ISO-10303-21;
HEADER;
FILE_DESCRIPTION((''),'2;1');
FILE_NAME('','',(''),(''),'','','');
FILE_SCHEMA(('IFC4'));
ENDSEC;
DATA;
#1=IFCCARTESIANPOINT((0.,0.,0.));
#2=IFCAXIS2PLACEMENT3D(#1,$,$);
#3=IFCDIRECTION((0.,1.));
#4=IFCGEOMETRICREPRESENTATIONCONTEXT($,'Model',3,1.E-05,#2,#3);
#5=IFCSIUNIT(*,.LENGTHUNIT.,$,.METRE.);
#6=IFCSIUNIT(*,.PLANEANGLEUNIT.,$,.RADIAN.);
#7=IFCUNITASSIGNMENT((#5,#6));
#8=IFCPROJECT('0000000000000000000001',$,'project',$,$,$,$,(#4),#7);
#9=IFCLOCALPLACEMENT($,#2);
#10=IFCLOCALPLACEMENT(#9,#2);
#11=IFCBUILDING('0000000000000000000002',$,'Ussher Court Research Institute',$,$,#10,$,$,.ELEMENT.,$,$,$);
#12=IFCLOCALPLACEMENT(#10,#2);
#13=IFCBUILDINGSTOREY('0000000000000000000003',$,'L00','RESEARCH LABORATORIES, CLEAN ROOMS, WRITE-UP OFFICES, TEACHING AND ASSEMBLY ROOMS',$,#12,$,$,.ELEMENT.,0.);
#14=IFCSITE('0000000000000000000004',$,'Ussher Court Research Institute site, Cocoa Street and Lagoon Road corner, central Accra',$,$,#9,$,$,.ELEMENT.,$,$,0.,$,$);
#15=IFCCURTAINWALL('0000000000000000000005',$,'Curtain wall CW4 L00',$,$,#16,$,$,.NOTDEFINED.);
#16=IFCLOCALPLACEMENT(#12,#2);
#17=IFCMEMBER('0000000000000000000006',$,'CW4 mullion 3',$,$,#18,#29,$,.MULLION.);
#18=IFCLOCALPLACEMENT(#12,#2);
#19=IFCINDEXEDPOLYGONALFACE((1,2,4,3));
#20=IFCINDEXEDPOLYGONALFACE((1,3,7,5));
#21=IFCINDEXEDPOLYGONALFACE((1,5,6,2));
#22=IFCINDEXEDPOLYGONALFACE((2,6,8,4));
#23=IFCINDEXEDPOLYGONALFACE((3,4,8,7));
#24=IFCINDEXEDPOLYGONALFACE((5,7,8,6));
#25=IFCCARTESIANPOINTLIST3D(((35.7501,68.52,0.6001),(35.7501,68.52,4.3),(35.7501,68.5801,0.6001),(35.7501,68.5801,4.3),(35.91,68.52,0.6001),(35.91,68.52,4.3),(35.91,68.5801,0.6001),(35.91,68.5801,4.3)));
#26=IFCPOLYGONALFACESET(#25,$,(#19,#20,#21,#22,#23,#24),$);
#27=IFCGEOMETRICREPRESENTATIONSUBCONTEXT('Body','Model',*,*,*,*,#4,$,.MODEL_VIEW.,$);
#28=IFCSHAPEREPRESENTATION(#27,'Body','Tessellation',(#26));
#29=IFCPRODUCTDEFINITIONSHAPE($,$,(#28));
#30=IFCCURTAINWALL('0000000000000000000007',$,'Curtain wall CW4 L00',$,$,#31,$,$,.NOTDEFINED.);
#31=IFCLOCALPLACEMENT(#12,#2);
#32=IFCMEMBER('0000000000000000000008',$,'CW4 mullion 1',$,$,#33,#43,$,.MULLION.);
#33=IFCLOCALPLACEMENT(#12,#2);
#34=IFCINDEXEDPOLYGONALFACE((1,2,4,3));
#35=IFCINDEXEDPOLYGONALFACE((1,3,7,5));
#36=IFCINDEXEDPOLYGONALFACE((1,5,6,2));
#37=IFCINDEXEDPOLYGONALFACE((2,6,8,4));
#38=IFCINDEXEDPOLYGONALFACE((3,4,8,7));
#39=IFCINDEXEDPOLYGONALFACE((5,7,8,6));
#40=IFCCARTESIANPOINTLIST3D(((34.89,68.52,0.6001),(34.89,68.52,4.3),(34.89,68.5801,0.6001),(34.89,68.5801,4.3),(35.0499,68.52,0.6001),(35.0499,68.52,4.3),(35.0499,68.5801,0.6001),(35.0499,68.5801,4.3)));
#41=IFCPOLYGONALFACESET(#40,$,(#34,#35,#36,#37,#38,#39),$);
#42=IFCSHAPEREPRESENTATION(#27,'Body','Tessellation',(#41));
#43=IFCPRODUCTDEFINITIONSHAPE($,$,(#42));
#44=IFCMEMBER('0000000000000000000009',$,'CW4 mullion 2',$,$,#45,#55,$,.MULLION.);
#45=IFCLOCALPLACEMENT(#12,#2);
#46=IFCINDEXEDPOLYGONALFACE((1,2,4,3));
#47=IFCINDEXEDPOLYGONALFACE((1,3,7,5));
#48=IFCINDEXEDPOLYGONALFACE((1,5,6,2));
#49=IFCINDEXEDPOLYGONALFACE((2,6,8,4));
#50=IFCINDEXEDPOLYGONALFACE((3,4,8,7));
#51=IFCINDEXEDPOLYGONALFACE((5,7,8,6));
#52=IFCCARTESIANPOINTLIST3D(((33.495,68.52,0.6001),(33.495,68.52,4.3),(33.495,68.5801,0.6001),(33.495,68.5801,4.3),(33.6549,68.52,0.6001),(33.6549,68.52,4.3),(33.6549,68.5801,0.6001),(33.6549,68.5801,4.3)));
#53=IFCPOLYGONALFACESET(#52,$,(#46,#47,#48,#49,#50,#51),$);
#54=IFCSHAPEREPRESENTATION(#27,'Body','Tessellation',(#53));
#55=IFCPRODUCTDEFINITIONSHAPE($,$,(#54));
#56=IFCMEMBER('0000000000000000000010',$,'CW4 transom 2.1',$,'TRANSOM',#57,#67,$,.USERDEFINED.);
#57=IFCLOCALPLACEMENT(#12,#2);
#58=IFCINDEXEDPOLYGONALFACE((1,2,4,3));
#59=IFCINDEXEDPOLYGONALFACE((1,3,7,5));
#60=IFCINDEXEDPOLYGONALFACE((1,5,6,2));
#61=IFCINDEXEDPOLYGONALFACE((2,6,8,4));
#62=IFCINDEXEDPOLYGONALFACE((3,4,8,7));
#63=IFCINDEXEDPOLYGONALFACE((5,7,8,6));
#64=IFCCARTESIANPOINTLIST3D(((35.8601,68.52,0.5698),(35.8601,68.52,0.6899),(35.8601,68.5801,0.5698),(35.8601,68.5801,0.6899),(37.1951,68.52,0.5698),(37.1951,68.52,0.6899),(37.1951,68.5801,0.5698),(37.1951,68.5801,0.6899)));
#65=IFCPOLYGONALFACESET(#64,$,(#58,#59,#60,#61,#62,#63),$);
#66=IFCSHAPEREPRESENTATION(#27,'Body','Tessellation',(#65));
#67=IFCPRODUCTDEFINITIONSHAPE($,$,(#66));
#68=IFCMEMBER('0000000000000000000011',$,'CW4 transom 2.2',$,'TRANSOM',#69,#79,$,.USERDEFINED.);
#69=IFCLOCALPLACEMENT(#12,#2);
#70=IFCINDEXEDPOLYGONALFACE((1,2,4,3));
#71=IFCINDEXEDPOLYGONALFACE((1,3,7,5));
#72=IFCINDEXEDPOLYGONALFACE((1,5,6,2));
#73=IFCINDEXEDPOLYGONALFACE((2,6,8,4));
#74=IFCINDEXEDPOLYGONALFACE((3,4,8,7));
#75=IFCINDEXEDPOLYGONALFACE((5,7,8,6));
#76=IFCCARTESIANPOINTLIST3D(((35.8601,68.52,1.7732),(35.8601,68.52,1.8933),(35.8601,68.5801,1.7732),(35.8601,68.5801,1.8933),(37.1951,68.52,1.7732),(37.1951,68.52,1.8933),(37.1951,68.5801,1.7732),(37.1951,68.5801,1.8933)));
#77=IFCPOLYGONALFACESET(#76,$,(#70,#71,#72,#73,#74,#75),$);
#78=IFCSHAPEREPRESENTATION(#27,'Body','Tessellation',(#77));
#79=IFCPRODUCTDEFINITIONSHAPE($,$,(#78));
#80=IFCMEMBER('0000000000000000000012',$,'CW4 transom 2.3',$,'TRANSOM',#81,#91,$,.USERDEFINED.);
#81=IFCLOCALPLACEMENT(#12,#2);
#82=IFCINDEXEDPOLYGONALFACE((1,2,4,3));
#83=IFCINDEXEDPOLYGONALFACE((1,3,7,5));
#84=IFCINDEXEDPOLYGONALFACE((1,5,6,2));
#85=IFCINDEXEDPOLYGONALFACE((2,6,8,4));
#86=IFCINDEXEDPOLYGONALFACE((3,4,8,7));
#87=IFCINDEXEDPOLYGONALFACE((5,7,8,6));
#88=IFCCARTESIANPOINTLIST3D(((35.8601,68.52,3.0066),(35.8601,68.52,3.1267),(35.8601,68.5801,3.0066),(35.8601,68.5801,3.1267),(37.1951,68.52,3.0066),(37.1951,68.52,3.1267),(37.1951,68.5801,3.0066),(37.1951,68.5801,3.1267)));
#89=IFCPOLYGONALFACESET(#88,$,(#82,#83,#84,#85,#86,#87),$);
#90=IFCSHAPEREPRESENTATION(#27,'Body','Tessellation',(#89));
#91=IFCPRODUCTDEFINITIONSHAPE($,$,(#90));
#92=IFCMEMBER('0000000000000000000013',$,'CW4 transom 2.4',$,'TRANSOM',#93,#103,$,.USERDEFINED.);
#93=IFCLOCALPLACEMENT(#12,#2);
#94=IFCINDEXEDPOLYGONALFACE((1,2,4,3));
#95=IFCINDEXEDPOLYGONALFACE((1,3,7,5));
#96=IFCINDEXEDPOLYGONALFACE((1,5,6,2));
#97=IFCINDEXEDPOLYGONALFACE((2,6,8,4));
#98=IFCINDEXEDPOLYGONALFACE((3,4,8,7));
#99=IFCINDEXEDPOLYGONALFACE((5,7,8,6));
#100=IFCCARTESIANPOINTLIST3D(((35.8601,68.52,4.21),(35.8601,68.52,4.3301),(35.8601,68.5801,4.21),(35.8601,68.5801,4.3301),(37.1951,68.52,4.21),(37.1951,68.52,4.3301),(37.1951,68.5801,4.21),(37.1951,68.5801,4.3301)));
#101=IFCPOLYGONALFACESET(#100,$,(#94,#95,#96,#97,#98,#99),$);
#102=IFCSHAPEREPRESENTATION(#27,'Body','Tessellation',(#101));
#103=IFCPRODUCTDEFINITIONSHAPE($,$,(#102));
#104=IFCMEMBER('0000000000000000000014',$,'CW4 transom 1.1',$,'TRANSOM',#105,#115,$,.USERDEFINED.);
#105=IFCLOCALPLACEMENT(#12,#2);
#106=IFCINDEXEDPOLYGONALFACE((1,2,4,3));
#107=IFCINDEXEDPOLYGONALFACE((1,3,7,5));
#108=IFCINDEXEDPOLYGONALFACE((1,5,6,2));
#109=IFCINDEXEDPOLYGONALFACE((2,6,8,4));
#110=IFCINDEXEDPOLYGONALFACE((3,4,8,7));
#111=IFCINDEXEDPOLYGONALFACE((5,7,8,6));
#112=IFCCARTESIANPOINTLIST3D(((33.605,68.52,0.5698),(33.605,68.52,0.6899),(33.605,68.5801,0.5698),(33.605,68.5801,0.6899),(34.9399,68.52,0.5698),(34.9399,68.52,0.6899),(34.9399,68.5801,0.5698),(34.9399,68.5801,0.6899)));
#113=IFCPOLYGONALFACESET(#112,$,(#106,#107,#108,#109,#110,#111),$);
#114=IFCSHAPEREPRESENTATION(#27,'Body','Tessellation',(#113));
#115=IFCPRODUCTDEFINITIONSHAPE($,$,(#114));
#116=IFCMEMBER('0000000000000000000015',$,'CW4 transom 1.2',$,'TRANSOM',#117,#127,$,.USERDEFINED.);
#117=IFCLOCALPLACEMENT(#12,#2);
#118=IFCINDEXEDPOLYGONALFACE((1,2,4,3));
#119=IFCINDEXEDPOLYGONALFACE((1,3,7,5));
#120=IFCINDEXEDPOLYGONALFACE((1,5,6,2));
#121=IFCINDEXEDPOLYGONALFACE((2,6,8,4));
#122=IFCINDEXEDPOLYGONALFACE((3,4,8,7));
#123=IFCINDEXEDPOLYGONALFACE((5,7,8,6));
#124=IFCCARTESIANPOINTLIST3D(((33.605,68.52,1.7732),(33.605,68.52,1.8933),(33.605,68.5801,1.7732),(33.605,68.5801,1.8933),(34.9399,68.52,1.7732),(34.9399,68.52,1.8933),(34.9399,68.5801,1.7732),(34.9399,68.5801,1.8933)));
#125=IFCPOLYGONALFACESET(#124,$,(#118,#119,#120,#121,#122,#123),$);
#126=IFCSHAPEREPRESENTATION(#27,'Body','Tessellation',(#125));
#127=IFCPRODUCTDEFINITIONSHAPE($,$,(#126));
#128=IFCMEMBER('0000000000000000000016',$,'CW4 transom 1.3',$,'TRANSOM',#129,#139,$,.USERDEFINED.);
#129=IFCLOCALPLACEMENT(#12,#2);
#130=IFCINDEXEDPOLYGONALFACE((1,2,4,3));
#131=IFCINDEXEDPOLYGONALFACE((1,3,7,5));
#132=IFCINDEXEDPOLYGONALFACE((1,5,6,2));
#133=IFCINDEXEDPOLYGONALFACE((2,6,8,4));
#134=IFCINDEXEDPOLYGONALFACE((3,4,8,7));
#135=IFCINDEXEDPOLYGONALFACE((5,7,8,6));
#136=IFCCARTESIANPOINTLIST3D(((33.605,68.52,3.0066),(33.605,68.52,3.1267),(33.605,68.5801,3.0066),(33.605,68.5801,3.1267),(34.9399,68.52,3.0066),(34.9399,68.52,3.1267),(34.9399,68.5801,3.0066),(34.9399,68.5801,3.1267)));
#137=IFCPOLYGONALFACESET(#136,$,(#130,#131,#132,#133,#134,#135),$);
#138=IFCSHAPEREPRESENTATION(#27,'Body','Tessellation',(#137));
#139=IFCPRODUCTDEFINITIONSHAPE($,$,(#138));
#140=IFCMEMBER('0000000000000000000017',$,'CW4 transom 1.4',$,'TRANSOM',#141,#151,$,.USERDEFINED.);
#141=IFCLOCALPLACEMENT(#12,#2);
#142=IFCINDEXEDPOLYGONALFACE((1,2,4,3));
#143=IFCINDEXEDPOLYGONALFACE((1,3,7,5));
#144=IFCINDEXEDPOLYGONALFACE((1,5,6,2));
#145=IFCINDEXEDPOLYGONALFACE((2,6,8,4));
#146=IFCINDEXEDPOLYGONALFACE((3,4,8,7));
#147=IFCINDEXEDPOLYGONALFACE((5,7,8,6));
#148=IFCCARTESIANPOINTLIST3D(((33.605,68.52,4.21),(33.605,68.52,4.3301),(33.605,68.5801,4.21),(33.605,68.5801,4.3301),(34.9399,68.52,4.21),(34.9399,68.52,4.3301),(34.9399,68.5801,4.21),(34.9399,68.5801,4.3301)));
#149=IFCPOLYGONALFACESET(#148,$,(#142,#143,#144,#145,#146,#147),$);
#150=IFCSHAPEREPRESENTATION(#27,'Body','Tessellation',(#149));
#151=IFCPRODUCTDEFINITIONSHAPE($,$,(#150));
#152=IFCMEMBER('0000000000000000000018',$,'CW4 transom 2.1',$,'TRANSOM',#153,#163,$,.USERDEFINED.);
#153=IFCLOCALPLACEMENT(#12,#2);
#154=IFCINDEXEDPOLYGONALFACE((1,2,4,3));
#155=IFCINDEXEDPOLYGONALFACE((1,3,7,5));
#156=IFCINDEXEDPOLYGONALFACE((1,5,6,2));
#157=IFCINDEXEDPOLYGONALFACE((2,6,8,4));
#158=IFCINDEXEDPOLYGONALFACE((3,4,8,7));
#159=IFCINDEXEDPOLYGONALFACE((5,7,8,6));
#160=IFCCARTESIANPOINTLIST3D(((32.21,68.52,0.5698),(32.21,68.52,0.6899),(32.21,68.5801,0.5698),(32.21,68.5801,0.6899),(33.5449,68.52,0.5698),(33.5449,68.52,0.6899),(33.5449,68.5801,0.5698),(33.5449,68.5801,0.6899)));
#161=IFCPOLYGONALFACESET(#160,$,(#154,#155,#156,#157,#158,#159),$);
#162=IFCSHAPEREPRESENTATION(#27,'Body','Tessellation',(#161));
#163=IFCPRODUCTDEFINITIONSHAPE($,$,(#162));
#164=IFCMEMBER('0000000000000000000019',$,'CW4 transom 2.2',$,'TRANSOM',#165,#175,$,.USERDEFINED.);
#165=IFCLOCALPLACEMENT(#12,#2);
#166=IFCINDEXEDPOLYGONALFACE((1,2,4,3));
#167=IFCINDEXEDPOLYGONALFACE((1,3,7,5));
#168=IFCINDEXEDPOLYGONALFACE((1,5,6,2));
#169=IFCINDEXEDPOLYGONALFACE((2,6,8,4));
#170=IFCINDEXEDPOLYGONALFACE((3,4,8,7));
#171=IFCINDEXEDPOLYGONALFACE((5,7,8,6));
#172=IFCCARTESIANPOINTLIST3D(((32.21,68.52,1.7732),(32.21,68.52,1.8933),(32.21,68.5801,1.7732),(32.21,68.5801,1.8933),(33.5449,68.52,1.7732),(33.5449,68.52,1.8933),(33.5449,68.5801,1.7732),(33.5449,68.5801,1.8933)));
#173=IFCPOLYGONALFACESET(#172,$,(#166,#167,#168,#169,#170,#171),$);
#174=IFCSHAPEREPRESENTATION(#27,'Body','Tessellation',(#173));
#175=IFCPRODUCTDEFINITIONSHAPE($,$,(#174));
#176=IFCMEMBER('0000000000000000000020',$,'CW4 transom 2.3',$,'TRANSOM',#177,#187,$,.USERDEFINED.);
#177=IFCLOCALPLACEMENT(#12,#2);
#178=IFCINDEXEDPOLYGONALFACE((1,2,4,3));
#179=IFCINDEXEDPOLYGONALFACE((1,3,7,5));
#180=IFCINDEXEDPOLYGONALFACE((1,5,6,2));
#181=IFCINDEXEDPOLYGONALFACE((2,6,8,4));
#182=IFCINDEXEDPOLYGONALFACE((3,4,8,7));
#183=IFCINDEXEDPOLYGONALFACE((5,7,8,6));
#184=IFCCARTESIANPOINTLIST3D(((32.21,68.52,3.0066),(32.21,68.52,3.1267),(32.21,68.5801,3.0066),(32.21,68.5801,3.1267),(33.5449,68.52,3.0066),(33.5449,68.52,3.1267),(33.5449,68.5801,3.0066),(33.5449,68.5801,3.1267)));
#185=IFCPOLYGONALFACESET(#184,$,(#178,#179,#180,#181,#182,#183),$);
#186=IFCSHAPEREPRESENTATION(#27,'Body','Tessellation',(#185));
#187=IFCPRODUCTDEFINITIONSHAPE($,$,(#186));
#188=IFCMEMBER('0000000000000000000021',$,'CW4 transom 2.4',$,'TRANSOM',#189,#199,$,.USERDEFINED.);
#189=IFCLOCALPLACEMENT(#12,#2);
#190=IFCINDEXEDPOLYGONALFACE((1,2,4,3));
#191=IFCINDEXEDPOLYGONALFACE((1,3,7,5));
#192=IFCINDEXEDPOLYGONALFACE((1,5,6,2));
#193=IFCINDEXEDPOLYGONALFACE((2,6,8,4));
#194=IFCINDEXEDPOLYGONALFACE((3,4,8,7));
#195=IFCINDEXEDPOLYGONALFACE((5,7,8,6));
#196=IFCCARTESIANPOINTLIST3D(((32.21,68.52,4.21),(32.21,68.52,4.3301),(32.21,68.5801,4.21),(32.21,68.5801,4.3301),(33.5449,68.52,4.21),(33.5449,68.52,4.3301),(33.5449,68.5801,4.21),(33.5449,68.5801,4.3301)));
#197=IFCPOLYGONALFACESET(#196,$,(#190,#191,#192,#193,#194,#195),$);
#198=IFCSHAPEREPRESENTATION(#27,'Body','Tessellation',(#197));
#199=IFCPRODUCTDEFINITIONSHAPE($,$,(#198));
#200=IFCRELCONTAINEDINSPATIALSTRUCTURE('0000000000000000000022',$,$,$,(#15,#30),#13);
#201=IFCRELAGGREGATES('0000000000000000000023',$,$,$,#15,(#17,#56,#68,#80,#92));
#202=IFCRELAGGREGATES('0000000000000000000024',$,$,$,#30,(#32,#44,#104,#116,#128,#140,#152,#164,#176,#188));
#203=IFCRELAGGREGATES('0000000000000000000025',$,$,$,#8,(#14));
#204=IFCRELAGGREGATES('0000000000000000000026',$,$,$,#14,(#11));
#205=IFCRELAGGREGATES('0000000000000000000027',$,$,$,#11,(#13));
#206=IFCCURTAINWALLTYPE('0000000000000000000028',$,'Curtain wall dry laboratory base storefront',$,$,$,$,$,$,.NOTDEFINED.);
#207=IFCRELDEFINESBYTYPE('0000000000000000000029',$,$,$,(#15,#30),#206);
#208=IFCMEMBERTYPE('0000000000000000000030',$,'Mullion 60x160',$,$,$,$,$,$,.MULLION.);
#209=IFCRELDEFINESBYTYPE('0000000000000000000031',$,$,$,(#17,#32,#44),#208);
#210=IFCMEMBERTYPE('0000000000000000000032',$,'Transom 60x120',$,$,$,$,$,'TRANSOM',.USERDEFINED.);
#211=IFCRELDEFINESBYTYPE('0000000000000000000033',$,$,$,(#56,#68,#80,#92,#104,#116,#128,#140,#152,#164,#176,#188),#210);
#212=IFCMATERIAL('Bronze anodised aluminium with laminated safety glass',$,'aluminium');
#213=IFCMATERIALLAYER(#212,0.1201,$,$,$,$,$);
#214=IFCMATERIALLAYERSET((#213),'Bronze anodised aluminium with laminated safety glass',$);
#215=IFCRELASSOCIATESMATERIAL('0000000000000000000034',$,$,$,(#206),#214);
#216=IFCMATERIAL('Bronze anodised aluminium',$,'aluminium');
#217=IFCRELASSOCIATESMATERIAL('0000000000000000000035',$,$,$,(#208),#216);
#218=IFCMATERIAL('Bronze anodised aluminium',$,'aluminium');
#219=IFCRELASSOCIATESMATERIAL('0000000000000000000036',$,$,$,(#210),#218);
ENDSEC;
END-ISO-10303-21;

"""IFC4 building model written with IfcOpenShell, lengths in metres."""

from ifc_helpers import new_model, si_unit, direction, frame, origin, origin_2d, place, context, subcontext, project, spatial, rectangle, extrude, material, layer, layer_set, material_profile, profile_set, type_object, element, aggregate, save


model = new_model("IFC4")

# Units and contexts
model_context = context("Model", 3, precision=1e-05, world=origin(), true_north=direction((0.0, 1.0)))
body_context = subcontext(model_context, "Body", "Model", "MODEL_VIEW")
ifc_project = project(units=[si_unit("LENGTHUNIT", "METRE"), si_unit("PLANEANGLEUNIT", "RADIAN")], contexts=[model_context])

# Site, building, storey
site_placement = place(None, origin())
site = spatial("IfcSite", under=ifc_project, at=site_placement, Name="Ussher Court Research Institute site, Cocoa Street and Lagoon Road corner, central Accra", CompositionType="ELEMENT", RefElevation=0.0)
building_placement = place(site_placement, origin())
building = spatial("IfcBuilding", under=site, at=building_placement, Name="Ussher Court Research Institute", CompositionType="ELEMENT")
storey_placement = place(building_placement, origin())
storey = spatial("IfcBuildingStorey", under=building, at=storey_placement, Name="L00", Description="RESEARCH LABORATORIES, CLEAN ROOMS, WRITE-UP OFFICES, TEACHING AND ASSEMBLY ROOMS", CompositionType="ELEMENT", Elevation=0.0)

# Curtain wall, member
ifc_material_1 = material(Name="Bronze anodised aluminium with laminated safety glass", Category="aluminium")
ifc_layer_1 = layer(ifc_material_1, 0.1201)
ifc_layer_set_1 = layer_set([ifc_layer_1], Name="Bronze anodised aluminium with laminated safety glass")
curtain_wall_type = type_object("IfcCurtainWallType", Name="Curtain wall dry laboratory base storefront", PredefinedType="NOTDEFINED", material=ifc_layer_set_1)
curtain_wall_1_placement = place(storey_placement, origin())
curtain_wall_1 = element("IfcCurtainWall", 1, at=curtain_wall_1_placement, inside=storey, type_object=curtain_wall_type, Name="Curtain wall CW4 L00", PredefinedType="NOTDEFINED")
ifc_material_2 = material(Name="Bronze anodised aluminium", Category="aluminium")
ifc_material_profile_1 = material_profile(ifc_material_2, rectangle(XDim=0.0601, YDim=0.1599, at=origin_2d()), Name="Mullion 60x160")
ifc_profile_set_1 = profile_set([ifc_material_profile_1], Name="Bronze anodised aluminium")
member_type_1 = type_object("IfcMemberType", Name="Mullion 60x160", PredefinedType="MULLION", material=ifc_profile_set_1)
member_1_placement = place(storey_placement, frame((35.8301, 68.55, 0.6001), z_axis=(0.0, 0.0, 1.0), x_axis=(0.0, -1.0, 0.0)))
member_1 = element("IfcMember", 2, at=member_1_placement, type_object=member_type_1, Name="CW4 mullion 3", PredefinedType="MULLION", context=body_context, shape_type="SweptSolid", body=[
    extrude(rectangle(XDim=0.0601, YDim=0.1599, at=origin_2d()), origin(), (0.0, 0.0, 1.0), 3.7),
])

# Curtain wall, members
curtain_wall_2_placement = place(storey_placement, origin())
curtain_wall_2 = element("IfcCurtainWall", 3, at=curtain_wall_2_placement, inside=storey, type_object=curtain_wall_type, Name="Curtain wall CW4 L00", PredefinedType="NOTDEFINED")
member_2_placement = place(storey_placement, frame((34.97, 68.55, 0.6001), z_axis=(0.0, 0.0, 1.0), x_axis=(0.0, -1.0, 0.0)))
member_2 = element("IfcMember", 4, at=member_2_placement, type_object=member_type_1, Name="CW4 mullion 1", PredefinedType="MULLION", context=body_context, shape_type="SweptSolid", body=[
    extrude(rectangle(XDim=0.0601, YDim=0.1599, at=origin_2d()), origin(), (0.0, 0.0, 1.0), 3.7),
])
member_3_placement = place(storey_placement, frame((33.575, 68.55, 0.6001), z_axis=(0.0, 0.0, 1.0), x_axis=(0.0, -1.0, 0.0)))
member_3 = element("IfcMember", 5, at=member_3_placement, type_object=member_type_1, Name="CW4 mullion 2", PredefinedType="MULLION", context=body_context, shape_type="SweptSolid", body=[
    extrude(rectangle(XDim=0.0601, YDim=0.1599, at=origin_2d()), origin(), (0.0, 0.0, 1.0), 3.7),
])

# Members
ifc_material_3 = material(Name="Bronze anodised aluminium", Category="aluminium")
ifc_material_profile_2 = material_profile(ifc_material_3, rectangle(XDim=0.0601, YDim=0.1201, at=origin_2d()), Name="Transom 60x120")
ifc_profile_set_2 = profile_set([ifc_material_profile_2], Name="Bronze anodised aluminium")
member_type_2 = type_object("IfcMemberType", Name="Transom 60x120", ElementType="TRANSOM", PredefinedType="USERDEFINED", material=ifc_profile_set_2)
member_4_placement = place(storey_placement, frame((37.1951, 68.55, 0.6299), z_axis=(-1.0, 0.0, 0.0), x_axis=(0.0, -1.0, 0.0)))
member_4 = element("IfcMember", 6, at=member_4_placement, type_object=member_type_2, Name="CW4 transom 2.1", ObjectType="TRANSOM", PredefinedType="USERDEFINED", context=body_context, shape_type="SweptSolid", body=[
    extrude(rectangle(XDim=0.0601, YDim=0.1201, at=origin_2d()), origin(), (0.0, 0.0, 1.0), 1.335),
])
member_5_placement = place(storey_placement, frame((37.1951, 68.55, 1.8333), z_axis=(-1.0, 0.0, 0.0), x_axis=(0.0, -1.0, 0.0)))
member_5 = element("IfcMember", 7, at=member_5_placement, type_object=member_type_2, Name="CW4 transom 2.2", ObjectType="TRANSOM", PredefinedType="USERDEFINED", context=body_context, shape_type="SweptSolid", body=[
    extrude(rectangle(XDim=0.0601, YDim=0.1201, at=origin_2d()), origin(), (0.0, 0.0, 1.0), 1.335),
])
member_6_placement = place(storey_placement, frame((37.1951, 68.55, 3.0667), z_axis=(-1.0, 0.0, 0.0), x_axis=(0.0, -1.0, 0.0)))
member_6 = element("IfcMember", 8, at=member_6_placement, type_object=member_type_2, Name="CW4 transom 2.3", ObjectType="TRANSOM", PredefinedType="USERDEFINED", context=body_context, shape_type="SweptSolid", body=[
    extrude(rectangle(XDim=0.0601, YDim=0.1201, at=origin_2d()), origin(), (0.0, 0.0, 1.0), 1.335),
])
member_7_placement = place(storey_placement, frame((37.1951, 68.55, 4.27), z_axis=(-1.0, 0.0, 0.0), x_axis=(0.0, -1.0, 0.0)))
member_7 = element("IfcMember", 9, at=member_7_placement, type_object=member_type_2, Name="CW4 transom 2.4", ObjectType="TRANSOM", PredefinedType="USERDEFINED", context=body_context, shape_type="SweptSolid", body=[
    extrude(rectangle(XDim=0.0601, YDim=0.1201, at=origin_2d()), origin(), (0.0, 0.0, 1.0), 1.335),
])
member_8_placement = place(storey_placement, frame((34.9399, 68.55, 0.6299), z_axis=(-1.0, 0.0, 0.0), x_axis=(0.0, -1.0, 0.0)))
member_8 = element("IfcMember", 10, at=member_8_placement, type_object=member_type_2, Name="CW4 transom 1.1", ObjectType="TRANSOM", PredefinedType="USERDEFINED", context=body_context, shape_type="SweptSolid", body=[
    extrude(rectangle(XDim=0.0601, YDim=0.1201, at=origin_2d()), origin(), (0.0, 0.0, 1.0), 1.335),
])
member_9_placement = place(storey_placement, frame((34.9399, 68.55, 1.8333), z_axis=(-1.0, 0.0, 0.0), x_axis=(0.0, -1.0, 0.0)))
member_9 = element("IfcMember", 11, at=member_9_placement, type_object=member_type_2, Name="CW4 transom 1.2", ObjectType="TRANSOM", PredefinedType="USERDEFINED", context=body_context, shape_type="SweptSolid", body=[
    extrude(rectangle(XDim=0.0601, YDim=0.1201, at=origin_2d()), origin(), (0.0, 0.0, 1.0), 1.335),
])
member_10_placement = place(storey_placement, frame((34.9399, 68.55, 3.0667), z_axis=(-1.0, 0.0, 0.0), x_axis=(0.0, -1.0, 0.0)))
member_10 = element("IfcMember", 12, at=member_10_placement, type_object=member_type_2, Name="CW4 transom 1.3", ObjectType="TRANSOM", PredefinedType="USERDEFINED", context=body_context, shape_type="SweptSolid", body=[
    extrude(rectangle(XDim=0.0601, YDim=0.1201, at=origin_2d()), origin(), (0.0, 0.0, 1.0), 1.335),
])
member_11_placement = place(storey_placement, frame((34.9399, 68.55, 4.27), z_axis=(-1.0, 0.0, 0.0), x_axis=(0.0, -1.0, 0.0)))
member_11 = element("IfcMember", 13, at=member_11_placement, type_object=member_type_2, Name="CW4 transom 1.4", ObjectType="TRANSOM", PredefinedType="USERDEFINED", context=body_context, shape_type="SweptSolid", body=[
    extrude(rectangle(XDim=0.0601, YDim=0.1201, at=origin_2d()), origin(), (0.0, 0.0, 1.0), 1.335),
])
member_12_placement = place(storey_placement, frame((33.5449, 68.55, 0.6299), z_axis=(-1.0, 0.0, 0.0), x_axis=(0.0, -1.0, 0.0)))
member_12 = element("IfcMember", 14, at=member_12_placement, type_object=member_type_2, Name="CW4 transom 2.1", ObjectType="TRANSOM", PredefinedType="USERDEFINED", context=body_context, shape_type="SweptSolid", body=[
    extrude(rectangle(XDim=0.0601, YDim=0.1201, at=origin_2d()), origin(), (0.0, 0.0, 1.0), 1.335),
])
member_13_placement = place(storey_placement, frame((33.5449, 68.55, 1.8333), z_axis=(-1.0, 0.0, 0.0), x_axis=(0.0, -1.0, 0.0)))
member_13 = element("IfcMember", 15, at=member_13_placement, type_object=member_type_2, Name="CW4 transom 2.2", ObjectType="TRANSOM", PredefinedType="USERDEFINED", context=body_context, shape_type="SweptSolid", body=[
    extrude(rectangle(XDim=0.0601, YDim=0.1201, at=origin_2d()), origin(), (0.0, 0.0, 1.0), 1.335),
])
member_14_placement = place(storey_placement, frame((33.5449, 68.55, 3.0667), z_axis=(-1.0, 0.0, 0.0), x_axis=(0.0, -1.0, 0.0)))
member_14 = element("IfcMember", 16, at=member_14_placement, type_object=member_type_2, Name="CW4 transom 2.3", ObjectType="TRANSOM", PredefinedType="USERDEFINED", context=body_context, shape_type="SweptSolid", body=[
    extrude(rectangle(XDim=0.0601, YDim=0.1201, at=origin_2d()), origin(), (0.0, 0.0, 1.0), 1.335),
])
member_15_placement = place(storey_placement, frame((33.5449, 68.55, 4.27), z_axis=(-1.0, 0.0, 0.0), x_axis=(0.0, -1.0, 0.0)))
member_15 = element("IfcMember", 17, at=member_15_placement, type_object=member_type_2, Name="CW4 transom 2.4", ObjectType="TRANSOM", PredefinedType="USERDEFINED", context=body_context, shape_type="SweptSolid", body=[
    extrude(rectangle(XDim=0.0601, YDim=0.1201, at=origin_2d()), origin(), (0.0, 0.0, 1.0), 1.335),
])

aggregate(curtain_wall_1, [member_1, member_4, member_5, member_6, member_7])
aggregate(curtain_wall_2, [member_2, member_3, member_8, member_9, member_10, member_11, member_12, member_13, member_14, member_15])

save(model, "model.ifc")
